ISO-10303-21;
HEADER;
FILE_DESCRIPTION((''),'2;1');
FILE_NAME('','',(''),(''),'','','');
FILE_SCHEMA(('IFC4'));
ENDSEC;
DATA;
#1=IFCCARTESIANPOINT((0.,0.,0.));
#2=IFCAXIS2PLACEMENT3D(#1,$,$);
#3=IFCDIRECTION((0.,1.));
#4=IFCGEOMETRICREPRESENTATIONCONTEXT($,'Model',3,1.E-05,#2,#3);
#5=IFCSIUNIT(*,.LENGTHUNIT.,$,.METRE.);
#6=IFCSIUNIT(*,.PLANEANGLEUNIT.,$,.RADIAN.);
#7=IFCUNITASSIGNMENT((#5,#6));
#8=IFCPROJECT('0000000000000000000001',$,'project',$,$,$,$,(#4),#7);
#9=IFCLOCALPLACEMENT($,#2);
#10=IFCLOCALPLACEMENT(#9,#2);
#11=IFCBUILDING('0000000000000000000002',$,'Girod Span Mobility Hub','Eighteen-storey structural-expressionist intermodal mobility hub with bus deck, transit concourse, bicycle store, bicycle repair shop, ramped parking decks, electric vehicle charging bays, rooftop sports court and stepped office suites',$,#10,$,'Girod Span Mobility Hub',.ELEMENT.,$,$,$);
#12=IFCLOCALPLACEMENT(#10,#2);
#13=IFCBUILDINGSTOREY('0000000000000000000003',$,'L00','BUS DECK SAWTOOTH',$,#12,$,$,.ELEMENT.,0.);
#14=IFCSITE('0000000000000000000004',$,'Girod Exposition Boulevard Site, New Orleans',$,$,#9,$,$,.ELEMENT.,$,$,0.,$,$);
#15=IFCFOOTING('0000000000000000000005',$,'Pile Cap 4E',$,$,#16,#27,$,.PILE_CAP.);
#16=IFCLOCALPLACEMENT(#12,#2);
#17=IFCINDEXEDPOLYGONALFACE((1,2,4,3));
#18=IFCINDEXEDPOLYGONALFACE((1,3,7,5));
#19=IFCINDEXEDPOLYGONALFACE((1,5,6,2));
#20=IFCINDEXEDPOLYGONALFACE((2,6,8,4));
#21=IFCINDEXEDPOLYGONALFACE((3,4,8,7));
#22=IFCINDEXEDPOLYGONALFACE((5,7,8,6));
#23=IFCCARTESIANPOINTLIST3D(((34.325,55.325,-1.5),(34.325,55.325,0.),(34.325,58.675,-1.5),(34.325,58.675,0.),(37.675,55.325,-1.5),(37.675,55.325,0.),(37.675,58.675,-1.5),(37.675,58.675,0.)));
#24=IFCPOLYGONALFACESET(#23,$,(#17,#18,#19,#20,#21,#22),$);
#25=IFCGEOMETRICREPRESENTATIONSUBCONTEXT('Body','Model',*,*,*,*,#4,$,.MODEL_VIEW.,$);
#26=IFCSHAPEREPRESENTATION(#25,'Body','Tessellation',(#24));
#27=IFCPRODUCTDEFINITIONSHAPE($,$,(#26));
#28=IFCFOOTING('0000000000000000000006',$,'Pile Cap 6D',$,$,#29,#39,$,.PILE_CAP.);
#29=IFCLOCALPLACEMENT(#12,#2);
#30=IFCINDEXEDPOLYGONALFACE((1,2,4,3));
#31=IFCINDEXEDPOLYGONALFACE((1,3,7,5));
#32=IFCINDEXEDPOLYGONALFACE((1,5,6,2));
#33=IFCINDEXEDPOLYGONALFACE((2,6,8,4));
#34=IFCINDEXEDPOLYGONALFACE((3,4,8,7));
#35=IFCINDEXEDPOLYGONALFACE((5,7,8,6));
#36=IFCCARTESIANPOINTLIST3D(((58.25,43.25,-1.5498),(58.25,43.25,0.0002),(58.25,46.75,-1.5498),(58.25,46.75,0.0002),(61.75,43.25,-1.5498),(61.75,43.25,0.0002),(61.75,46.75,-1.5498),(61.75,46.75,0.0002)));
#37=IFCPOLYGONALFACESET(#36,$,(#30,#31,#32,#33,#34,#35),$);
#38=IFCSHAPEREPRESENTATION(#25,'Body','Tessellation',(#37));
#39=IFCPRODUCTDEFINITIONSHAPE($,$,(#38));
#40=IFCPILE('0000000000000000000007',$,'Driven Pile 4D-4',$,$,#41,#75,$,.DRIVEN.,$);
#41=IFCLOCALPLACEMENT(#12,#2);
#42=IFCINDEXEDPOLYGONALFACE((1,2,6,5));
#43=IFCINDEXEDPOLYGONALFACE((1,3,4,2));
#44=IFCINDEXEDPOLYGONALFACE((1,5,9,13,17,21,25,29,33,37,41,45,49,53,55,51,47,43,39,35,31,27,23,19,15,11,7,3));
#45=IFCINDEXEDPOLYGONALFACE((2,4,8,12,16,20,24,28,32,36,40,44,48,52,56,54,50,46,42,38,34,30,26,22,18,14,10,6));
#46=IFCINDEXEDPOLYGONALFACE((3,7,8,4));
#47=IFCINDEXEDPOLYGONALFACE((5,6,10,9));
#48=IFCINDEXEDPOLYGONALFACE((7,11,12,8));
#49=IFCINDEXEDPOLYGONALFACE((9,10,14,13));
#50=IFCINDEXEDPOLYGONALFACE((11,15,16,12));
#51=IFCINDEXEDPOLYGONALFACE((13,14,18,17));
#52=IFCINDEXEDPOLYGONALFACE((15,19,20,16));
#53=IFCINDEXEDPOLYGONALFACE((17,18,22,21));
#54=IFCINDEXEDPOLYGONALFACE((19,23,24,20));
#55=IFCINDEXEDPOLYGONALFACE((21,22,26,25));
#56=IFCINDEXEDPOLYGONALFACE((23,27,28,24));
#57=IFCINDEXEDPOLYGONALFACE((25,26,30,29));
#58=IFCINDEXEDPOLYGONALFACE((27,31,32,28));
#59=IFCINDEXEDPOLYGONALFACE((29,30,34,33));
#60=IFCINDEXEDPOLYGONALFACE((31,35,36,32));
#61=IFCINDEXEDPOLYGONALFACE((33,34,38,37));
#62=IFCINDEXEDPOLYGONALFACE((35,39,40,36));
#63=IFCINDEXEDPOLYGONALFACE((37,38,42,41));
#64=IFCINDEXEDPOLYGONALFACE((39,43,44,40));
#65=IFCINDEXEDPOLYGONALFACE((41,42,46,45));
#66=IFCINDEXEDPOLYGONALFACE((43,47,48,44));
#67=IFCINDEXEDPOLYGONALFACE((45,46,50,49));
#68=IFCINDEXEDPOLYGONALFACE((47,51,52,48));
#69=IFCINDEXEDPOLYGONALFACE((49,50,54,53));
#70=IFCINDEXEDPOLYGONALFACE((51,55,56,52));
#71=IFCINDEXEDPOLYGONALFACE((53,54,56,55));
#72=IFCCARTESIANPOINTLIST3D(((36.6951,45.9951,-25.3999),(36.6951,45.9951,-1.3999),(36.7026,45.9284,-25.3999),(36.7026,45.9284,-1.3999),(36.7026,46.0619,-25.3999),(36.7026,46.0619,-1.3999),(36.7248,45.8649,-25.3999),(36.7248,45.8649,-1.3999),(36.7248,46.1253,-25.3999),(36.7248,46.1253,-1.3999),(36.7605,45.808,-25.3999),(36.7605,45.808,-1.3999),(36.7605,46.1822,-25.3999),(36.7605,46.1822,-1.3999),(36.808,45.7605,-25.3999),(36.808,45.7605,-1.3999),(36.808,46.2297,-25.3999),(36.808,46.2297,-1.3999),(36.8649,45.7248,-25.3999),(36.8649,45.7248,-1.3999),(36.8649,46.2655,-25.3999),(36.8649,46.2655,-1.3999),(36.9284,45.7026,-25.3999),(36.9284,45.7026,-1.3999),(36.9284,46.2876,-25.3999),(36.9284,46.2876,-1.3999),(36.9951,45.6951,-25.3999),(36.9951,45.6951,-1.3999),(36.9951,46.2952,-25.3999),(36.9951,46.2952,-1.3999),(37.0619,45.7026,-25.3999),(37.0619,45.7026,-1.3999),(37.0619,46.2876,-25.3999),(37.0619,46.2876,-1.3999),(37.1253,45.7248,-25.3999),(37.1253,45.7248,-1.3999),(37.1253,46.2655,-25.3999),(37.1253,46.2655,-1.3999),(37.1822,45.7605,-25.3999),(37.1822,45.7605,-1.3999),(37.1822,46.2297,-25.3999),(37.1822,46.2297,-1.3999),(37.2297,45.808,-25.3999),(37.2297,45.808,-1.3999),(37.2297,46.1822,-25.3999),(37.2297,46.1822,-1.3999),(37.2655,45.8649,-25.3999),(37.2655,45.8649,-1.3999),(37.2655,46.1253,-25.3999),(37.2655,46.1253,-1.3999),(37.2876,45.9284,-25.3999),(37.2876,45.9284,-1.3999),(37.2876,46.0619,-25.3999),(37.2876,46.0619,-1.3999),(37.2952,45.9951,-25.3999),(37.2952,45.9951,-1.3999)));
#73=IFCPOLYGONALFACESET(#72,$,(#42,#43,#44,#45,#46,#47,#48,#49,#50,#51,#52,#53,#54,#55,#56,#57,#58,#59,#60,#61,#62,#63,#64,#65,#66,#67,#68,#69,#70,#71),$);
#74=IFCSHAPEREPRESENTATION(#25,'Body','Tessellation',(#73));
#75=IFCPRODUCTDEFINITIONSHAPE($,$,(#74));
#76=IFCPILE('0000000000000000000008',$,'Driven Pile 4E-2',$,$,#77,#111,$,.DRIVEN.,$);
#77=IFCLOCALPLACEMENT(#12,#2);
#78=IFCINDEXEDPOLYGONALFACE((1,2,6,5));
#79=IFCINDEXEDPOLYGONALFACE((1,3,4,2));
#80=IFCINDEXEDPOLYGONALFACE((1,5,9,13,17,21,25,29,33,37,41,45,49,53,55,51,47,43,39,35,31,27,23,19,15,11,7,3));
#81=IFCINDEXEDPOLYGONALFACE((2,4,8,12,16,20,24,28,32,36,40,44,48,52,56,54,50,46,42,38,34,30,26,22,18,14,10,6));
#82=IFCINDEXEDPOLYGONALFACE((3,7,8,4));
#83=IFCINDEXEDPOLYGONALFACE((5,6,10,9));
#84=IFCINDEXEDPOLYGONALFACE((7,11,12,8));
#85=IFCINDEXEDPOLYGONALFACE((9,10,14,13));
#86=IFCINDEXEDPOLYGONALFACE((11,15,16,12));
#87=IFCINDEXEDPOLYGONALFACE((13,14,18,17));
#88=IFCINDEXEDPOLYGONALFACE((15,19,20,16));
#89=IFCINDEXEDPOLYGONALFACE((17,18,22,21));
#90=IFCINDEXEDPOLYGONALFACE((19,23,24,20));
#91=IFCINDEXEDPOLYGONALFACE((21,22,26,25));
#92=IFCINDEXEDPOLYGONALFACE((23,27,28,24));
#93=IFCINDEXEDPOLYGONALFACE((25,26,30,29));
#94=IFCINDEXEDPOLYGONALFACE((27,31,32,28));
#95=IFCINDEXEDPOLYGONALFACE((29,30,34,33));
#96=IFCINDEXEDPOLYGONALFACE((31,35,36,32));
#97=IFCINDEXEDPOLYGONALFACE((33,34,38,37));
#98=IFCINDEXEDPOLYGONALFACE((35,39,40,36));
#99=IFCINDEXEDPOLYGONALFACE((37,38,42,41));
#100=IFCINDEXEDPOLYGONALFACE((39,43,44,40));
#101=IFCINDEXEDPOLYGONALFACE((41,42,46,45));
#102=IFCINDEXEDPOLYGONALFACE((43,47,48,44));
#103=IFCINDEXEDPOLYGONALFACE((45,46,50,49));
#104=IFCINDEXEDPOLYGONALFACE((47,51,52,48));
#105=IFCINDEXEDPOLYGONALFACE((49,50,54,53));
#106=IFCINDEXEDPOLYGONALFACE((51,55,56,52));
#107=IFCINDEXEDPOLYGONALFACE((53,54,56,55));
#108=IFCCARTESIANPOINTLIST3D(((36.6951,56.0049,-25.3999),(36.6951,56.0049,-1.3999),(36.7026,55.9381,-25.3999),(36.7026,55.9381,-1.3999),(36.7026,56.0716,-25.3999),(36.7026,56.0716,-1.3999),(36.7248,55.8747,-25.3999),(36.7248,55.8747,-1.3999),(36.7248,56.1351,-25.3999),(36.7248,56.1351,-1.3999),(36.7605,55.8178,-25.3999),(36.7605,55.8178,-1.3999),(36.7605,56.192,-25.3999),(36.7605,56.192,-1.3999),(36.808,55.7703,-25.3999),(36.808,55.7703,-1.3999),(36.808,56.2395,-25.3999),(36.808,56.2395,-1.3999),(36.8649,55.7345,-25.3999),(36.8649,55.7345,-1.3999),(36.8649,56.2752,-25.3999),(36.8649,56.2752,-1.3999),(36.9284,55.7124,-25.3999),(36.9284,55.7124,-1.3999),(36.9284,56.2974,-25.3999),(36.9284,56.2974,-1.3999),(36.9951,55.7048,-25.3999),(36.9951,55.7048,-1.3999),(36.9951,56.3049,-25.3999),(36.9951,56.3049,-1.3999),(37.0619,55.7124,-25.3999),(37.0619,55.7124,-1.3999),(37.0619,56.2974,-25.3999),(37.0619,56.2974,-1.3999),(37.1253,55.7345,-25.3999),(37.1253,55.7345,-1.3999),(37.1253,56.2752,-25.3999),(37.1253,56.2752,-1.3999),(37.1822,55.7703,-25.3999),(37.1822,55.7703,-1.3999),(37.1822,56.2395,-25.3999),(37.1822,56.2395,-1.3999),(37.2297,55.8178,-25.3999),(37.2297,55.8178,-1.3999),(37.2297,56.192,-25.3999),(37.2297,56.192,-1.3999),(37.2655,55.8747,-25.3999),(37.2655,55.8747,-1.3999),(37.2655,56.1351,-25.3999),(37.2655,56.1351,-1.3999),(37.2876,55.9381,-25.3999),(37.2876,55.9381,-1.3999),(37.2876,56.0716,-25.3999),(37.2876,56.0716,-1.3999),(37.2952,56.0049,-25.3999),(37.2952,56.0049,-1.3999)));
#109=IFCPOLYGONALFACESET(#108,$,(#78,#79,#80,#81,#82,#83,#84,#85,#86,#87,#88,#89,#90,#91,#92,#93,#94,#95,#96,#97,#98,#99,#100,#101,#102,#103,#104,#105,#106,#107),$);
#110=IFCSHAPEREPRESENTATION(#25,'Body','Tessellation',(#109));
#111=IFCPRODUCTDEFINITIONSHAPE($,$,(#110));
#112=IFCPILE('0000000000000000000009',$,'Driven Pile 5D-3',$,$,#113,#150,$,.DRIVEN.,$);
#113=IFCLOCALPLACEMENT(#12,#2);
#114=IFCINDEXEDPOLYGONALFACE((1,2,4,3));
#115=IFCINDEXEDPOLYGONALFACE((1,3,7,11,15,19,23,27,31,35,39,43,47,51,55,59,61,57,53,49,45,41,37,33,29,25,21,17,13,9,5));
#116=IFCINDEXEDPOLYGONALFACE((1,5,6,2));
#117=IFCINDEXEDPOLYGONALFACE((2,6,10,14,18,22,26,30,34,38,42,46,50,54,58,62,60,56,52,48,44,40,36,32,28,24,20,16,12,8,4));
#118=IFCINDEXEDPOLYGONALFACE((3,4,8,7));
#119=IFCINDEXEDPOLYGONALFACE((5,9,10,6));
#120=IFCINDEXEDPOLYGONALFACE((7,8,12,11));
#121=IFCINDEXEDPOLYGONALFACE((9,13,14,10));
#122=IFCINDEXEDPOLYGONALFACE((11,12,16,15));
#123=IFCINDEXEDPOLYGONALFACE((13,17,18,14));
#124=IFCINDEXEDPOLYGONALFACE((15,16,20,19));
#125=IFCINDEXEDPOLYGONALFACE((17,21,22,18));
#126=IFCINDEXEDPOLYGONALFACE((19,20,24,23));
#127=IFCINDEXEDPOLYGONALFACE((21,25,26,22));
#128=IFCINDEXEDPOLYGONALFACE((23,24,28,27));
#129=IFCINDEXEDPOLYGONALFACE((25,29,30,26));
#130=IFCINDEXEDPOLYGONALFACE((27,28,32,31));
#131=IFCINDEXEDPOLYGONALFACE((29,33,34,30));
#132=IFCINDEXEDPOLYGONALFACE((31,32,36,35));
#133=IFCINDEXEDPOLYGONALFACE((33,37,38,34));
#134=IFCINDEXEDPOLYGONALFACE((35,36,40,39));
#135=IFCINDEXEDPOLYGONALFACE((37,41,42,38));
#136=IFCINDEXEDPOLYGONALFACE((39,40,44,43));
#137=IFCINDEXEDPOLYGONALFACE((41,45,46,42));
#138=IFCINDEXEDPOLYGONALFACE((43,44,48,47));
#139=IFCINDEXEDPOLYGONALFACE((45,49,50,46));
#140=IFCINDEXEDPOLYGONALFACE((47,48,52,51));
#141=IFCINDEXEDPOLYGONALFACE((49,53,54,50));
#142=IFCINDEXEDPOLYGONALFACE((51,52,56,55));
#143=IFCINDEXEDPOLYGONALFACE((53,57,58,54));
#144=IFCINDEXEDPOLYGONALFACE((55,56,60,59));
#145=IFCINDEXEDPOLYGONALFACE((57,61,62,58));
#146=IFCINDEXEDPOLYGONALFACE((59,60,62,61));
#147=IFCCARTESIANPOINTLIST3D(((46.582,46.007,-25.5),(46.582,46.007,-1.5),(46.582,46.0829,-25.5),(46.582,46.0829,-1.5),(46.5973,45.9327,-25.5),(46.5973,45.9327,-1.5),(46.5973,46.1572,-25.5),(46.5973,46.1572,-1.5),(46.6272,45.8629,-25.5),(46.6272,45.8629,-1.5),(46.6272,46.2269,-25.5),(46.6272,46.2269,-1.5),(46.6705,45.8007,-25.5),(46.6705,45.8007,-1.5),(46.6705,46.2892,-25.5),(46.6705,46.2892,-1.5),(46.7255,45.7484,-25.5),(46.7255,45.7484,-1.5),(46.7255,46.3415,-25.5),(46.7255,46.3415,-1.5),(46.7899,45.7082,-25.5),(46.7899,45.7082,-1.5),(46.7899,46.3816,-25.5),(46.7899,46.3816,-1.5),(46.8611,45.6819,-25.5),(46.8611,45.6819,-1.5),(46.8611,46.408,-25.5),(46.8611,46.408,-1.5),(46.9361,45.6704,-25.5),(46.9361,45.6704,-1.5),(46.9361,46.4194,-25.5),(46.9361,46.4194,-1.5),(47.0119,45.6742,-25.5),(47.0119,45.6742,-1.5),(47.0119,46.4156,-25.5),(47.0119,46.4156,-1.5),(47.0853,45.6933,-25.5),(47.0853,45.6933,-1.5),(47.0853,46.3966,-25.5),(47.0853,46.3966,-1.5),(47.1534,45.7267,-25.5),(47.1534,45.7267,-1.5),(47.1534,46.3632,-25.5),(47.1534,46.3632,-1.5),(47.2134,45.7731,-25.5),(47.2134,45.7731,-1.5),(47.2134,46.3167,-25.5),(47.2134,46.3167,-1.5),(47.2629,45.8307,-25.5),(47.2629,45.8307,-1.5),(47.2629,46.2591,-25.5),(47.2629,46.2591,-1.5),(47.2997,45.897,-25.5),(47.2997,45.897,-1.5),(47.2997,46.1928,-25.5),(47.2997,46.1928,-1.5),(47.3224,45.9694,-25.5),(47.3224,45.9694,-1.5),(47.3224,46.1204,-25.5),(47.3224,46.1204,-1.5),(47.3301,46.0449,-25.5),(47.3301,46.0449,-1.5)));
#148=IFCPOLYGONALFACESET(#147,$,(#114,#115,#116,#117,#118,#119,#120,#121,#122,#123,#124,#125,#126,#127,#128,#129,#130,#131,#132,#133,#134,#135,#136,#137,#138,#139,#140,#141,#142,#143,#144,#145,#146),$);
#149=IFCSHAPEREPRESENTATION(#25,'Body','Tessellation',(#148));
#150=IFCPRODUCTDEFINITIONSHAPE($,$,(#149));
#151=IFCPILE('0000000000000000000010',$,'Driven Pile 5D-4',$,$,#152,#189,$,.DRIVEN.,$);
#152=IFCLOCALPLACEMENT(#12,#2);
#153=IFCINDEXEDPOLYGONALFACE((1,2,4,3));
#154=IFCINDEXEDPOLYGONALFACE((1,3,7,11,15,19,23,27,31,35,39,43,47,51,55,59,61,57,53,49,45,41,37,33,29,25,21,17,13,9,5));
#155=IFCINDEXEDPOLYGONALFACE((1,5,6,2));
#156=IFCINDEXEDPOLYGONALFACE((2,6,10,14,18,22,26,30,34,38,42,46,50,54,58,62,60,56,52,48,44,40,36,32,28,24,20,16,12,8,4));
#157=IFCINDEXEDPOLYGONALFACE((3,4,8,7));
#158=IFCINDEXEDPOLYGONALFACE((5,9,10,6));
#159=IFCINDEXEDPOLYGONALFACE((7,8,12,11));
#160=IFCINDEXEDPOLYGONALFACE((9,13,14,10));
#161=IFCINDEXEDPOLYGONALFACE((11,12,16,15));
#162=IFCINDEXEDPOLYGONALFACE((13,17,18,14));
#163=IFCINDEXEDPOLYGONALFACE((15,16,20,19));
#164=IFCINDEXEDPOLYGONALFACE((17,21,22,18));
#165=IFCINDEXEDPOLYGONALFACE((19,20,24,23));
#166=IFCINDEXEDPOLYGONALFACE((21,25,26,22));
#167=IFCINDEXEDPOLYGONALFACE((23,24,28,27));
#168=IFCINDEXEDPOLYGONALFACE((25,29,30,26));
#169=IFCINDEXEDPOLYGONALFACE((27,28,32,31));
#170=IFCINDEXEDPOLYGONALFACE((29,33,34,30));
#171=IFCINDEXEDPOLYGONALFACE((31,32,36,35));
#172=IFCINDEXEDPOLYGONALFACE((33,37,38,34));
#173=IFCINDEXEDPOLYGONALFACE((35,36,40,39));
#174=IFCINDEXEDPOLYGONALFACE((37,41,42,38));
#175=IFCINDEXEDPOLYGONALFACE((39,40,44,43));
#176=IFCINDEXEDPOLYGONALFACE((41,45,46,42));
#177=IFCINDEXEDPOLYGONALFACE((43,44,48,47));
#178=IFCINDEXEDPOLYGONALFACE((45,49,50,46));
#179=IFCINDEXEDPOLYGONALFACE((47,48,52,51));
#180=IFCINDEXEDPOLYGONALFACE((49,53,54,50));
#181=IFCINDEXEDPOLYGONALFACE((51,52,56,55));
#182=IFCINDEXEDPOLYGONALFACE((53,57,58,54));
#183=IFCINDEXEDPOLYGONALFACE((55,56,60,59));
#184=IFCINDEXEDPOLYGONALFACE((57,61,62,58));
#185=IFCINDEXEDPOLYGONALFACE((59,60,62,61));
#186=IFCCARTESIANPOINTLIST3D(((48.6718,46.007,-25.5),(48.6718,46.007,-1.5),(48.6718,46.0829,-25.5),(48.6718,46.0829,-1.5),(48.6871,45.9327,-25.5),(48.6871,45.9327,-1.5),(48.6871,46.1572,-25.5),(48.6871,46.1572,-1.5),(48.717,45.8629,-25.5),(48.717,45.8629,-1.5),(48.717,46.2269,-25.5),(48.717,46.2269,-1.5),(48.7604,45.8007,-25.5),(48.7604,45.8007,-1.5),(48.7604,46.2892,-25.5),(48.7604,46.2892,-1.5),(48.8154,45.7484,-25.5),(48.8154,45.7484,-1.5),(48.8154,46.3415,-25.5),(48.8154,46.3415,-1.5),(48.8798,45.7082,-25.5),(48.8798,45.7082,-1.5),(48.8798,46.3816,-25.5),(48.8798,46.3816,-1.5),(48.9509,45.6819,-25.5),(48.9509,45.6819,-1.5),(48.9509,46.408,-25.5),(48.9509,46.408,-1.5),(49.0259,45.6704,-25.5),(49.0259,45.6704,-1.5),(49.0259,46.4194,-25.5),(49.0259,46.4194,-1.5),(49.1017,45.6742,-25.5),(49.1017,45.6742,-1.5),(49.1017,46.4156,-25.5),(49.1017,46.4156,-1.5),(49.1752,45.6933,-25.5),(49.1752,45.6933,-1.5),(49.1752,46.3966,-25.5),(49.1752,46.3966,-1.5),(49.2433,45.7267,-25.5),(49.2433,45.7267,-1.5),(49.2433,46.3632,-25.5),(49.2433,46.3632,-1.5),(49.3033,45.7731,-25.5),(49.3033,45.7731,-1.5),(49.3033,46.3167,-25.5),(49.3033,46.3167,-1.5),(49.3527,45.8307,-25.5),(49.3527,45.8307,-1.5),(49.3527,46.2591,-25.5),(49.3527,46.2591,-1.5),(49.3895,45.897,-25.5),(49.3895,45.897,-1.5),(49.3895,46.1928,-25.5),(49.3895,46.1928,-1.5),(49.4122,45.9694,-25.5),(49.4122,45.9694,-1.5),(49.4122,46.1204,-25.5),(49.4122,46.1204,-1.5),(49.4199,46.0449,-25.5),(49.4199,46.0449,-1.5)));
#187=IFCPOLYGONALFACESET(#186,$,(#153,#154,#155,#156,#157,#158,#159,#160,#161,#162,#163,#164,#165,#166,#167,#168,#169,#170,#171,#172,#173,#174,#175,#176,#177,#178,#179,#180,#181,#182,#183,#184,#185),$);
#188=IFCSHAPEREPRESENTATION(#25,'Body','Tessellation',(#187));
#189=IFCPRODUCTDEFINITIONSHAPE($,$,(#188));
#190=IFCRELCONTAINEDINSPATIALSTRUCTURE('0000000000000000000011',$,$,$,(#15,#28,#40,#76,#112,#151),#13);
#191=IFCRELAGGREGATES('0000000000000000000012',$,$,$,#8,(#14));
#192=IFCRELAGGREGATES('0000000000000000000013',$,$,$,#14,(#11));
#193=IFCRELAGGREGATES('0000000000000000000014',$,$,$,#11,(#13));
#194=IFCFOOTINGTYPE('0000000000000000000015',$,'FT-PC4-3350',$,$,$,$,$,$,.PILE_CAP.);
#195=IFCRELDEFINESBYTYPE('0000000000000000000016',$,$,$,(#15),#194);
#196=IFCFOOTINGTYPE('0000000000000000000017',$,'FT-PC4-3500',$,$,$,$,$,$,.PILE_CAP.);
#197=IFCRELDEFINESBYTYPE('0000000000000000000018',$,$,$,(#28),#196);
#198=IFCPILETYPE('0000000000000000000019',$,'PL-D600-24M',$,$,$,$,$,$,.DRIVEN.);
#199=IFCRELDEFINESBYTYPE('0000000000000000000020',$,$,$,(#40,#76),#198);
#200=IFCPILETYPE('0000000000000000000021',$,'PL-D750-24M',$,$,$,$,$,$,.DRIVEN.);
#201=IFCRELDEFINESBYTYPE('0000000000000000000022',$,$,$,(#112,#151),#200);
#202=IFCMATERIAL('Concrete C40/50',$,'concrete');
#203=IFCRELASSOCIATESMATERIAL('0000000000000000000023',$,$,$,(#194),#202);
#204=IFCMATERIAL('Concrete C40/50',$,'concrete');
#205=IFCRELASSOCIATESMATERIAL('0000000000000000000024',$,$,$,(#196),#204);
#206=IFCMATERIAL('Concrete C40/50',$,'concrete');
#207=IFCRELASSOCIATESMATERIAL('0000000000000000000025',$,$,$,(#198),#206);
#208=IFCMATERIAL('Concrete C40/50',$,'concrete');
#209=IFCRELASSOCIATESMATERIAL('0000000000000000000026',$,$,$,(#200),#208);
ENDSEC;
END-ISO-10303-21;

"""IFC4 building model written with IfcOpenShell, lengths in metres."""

from ifc_helpers import new_model, si_unit, direction, frame, origin, origin_2d, place, context, subcontext, project, spatial, rectangle, circle, extrude, material, material_profile, profile_set, type_object, element, save


model = new_model("IFC4")

# Units and contexts
model_context = context("Model", 3, precision=1e-05, world=origin(), true_north=direction((0.0, 1.0)))
body_context = subcontext(model_context, "Body", "Model", "MODEL_VIEW")
ifc_project = project(units=[si_unit("LENGTHUNIT", "METRE"), si_unit("PLANEANGLEUNIT", "RADIAN")], contexts=[model_context])

# Site, building, storey
site_placement = place(None, origin())
site = spatial("IfcSite", under=ifc_project, at=site_placement, Name="Girod Exposition Boulevard Site, New Orleans", CompositionType="ELEMENT", RefElevation=0.0)
building_placement = place(site_placement, origin())
building = spatial("IfcBuilding", under=site, at=building_placement, Name="Girod Span Mobility Hub", Description="Eighteen-storey structural-expressionist intermodal mobility hub with bus deck, transit concourse, bicycle store, bicycle repair shop, ramped parking decks, electric vehicle charging bays, rooftop sports court and stepped office suites", LongName="Girod Span Mobility Hub", CompositionType="ELEMENT")
storey_placement = place(building_placement, origin())
storey = spatial("IfcBuildingStorey", under=building, at=storey_placement, Name="L00", Description="BUS DECK SAWTOOTH", CompositionType="ELEMENT", Elevation=0.0)

# Footings
ifc_material_1 = material(Name="Concrete C40/50", Category="concrete")
footing_type_1 = type_object("IfcFootingType", Name="FT-PC4-3350", PredefinedType="PILE_CAP", material=ifc_material_1)
footing_1_placement = place(storey_placement, frame((36.0, 57.0, -1.5), z_axis=(0.0, 0.0, 1.0), x_axis=(1.0, 0.0, 0.0)))
element("IfcFooting", 1, at=footing_1_placement, inside=storey, type_object=footing_type_1, Name="Pile Cap 4E", PredefinedType="PILE_CAP", context=body_context, shape_type="SweptSolid", body=[
    extrude(rectangle(XDim=3.3501, YDim=3.3501, at=origin_2d()), origin(), (0.0, 0.0, 1.0), 1.5),
])
ifc_material_2 = material(Name="Concrete C40/50", Category="concrete")
footing_type_2 = type_object("IfcFootingType", Name="FT-PC4-3500", PredefinedType="PILE_CAP", material=ifc_material_2)
footing_2_placement = place(storey_placement, frame((60.0, 45.0, -1.5498), z_axis=(0.0, 0.0, 1.0), x_axis=(1.0, 0.0, 0.0)))
element("IfcFooting", 2, at=footing_2_placement, inside=storey, type_object=footing_type_2, Name="Pile Cap 6D", PredefinedType="PILE_CAP", context=body_context, shape_type="SweptSolid", body=[
    extrude(rectangle(XDim=3.5, YDim=3.5, at=origin_2d()), origin(), (0.0, 0.0, 1.0), 1.55),
])

# Piles
ifc_material_3 = material(Name="Concrete C40/50", Category="concrete")
ifc_material_profile_1 = material_profile(ifc_material_3, circle(Radius=0.3, at=origin_2d()), Name="PILE-D600")
ifc_profile_set_1 = profile_set([ifc_material_profile_1], Name="Concrete C40/50")
pile_type_1 = type_object("IfcPileType", Name="PL-D600-24M", PredefinedType="DRIVEN", material=ifc_profile_set_1)
for number, where, z_axis, x_axis, name in (
    (3, (36.9951, 45.9951, -1.3999), (0.0, 0.0, -1.0), (1.0, 0.0, 0.0), "Driven Pile 4D-4"),
    (4, (36.9951, 56.0049, -1.3999), (0.0, 0.0, -1.0), (1.0, 0.0, 0.0), "Driven Pile 4E-2"),
):
    element("IfcPile", number, at=place(storey_placement, frame(where, z_axis=z_axis, x_axis=x_axis)), inside=storey, type_object=pile_type_1, Name=name, PredefinedType="DRIVEN", context=body_context, shape_type="SweptSolid", body=[
        extrude(circle(Radius=0.3, at=origin_2d()), origin(), (0.0, 0.0, 1.0), 24.0),
    ])
ifc_material_4 = material(Name="Concrete C40/50", Category="concrete")
ifc_material_profile_2 = material_profile(ifc_material_4, circle(Radius=0.375, at=origin_2d()), Name="PILE-D750")
ifc_profile_set_2 = profile_set([ifc_material_profile_2], Name="Concrete C40/50")
pile_type_2 = type_object("IfcPileType", Name="PL-D750-24M", PredefinedType="DRIVEN", material=ifc_profile_set_2)
for number, where, z_axis, x_axis, name in (
    (5, (46.9551, 46.0449, -1.5), (0.0, 0.0, -1.0), (1.0, 0.0, 0.0), "Driven Pile 5D-3"),
    (6, (49.0449, 46.0449, -1.5), (0.0, 0.0, -1.0), (1.0, 0.0, 0.0), "Driven Pile 5D-4"),
):
    element("IfcPile", number, at=place(storey_placement, frame(where, z_axis=z_axis, x_axis=x_axis)), inside=storey, type_object=pile_type_2, Name=name, PredefinedType="DRIVEN", context=body_context, shape_type="SweptSolid", body=[
        extrude(circle(Radius=0.375, at=origin_2d()), origin(), (0.0, 0.0, 1.0), 24.0),
    ])

save(model, "model.ifc")
